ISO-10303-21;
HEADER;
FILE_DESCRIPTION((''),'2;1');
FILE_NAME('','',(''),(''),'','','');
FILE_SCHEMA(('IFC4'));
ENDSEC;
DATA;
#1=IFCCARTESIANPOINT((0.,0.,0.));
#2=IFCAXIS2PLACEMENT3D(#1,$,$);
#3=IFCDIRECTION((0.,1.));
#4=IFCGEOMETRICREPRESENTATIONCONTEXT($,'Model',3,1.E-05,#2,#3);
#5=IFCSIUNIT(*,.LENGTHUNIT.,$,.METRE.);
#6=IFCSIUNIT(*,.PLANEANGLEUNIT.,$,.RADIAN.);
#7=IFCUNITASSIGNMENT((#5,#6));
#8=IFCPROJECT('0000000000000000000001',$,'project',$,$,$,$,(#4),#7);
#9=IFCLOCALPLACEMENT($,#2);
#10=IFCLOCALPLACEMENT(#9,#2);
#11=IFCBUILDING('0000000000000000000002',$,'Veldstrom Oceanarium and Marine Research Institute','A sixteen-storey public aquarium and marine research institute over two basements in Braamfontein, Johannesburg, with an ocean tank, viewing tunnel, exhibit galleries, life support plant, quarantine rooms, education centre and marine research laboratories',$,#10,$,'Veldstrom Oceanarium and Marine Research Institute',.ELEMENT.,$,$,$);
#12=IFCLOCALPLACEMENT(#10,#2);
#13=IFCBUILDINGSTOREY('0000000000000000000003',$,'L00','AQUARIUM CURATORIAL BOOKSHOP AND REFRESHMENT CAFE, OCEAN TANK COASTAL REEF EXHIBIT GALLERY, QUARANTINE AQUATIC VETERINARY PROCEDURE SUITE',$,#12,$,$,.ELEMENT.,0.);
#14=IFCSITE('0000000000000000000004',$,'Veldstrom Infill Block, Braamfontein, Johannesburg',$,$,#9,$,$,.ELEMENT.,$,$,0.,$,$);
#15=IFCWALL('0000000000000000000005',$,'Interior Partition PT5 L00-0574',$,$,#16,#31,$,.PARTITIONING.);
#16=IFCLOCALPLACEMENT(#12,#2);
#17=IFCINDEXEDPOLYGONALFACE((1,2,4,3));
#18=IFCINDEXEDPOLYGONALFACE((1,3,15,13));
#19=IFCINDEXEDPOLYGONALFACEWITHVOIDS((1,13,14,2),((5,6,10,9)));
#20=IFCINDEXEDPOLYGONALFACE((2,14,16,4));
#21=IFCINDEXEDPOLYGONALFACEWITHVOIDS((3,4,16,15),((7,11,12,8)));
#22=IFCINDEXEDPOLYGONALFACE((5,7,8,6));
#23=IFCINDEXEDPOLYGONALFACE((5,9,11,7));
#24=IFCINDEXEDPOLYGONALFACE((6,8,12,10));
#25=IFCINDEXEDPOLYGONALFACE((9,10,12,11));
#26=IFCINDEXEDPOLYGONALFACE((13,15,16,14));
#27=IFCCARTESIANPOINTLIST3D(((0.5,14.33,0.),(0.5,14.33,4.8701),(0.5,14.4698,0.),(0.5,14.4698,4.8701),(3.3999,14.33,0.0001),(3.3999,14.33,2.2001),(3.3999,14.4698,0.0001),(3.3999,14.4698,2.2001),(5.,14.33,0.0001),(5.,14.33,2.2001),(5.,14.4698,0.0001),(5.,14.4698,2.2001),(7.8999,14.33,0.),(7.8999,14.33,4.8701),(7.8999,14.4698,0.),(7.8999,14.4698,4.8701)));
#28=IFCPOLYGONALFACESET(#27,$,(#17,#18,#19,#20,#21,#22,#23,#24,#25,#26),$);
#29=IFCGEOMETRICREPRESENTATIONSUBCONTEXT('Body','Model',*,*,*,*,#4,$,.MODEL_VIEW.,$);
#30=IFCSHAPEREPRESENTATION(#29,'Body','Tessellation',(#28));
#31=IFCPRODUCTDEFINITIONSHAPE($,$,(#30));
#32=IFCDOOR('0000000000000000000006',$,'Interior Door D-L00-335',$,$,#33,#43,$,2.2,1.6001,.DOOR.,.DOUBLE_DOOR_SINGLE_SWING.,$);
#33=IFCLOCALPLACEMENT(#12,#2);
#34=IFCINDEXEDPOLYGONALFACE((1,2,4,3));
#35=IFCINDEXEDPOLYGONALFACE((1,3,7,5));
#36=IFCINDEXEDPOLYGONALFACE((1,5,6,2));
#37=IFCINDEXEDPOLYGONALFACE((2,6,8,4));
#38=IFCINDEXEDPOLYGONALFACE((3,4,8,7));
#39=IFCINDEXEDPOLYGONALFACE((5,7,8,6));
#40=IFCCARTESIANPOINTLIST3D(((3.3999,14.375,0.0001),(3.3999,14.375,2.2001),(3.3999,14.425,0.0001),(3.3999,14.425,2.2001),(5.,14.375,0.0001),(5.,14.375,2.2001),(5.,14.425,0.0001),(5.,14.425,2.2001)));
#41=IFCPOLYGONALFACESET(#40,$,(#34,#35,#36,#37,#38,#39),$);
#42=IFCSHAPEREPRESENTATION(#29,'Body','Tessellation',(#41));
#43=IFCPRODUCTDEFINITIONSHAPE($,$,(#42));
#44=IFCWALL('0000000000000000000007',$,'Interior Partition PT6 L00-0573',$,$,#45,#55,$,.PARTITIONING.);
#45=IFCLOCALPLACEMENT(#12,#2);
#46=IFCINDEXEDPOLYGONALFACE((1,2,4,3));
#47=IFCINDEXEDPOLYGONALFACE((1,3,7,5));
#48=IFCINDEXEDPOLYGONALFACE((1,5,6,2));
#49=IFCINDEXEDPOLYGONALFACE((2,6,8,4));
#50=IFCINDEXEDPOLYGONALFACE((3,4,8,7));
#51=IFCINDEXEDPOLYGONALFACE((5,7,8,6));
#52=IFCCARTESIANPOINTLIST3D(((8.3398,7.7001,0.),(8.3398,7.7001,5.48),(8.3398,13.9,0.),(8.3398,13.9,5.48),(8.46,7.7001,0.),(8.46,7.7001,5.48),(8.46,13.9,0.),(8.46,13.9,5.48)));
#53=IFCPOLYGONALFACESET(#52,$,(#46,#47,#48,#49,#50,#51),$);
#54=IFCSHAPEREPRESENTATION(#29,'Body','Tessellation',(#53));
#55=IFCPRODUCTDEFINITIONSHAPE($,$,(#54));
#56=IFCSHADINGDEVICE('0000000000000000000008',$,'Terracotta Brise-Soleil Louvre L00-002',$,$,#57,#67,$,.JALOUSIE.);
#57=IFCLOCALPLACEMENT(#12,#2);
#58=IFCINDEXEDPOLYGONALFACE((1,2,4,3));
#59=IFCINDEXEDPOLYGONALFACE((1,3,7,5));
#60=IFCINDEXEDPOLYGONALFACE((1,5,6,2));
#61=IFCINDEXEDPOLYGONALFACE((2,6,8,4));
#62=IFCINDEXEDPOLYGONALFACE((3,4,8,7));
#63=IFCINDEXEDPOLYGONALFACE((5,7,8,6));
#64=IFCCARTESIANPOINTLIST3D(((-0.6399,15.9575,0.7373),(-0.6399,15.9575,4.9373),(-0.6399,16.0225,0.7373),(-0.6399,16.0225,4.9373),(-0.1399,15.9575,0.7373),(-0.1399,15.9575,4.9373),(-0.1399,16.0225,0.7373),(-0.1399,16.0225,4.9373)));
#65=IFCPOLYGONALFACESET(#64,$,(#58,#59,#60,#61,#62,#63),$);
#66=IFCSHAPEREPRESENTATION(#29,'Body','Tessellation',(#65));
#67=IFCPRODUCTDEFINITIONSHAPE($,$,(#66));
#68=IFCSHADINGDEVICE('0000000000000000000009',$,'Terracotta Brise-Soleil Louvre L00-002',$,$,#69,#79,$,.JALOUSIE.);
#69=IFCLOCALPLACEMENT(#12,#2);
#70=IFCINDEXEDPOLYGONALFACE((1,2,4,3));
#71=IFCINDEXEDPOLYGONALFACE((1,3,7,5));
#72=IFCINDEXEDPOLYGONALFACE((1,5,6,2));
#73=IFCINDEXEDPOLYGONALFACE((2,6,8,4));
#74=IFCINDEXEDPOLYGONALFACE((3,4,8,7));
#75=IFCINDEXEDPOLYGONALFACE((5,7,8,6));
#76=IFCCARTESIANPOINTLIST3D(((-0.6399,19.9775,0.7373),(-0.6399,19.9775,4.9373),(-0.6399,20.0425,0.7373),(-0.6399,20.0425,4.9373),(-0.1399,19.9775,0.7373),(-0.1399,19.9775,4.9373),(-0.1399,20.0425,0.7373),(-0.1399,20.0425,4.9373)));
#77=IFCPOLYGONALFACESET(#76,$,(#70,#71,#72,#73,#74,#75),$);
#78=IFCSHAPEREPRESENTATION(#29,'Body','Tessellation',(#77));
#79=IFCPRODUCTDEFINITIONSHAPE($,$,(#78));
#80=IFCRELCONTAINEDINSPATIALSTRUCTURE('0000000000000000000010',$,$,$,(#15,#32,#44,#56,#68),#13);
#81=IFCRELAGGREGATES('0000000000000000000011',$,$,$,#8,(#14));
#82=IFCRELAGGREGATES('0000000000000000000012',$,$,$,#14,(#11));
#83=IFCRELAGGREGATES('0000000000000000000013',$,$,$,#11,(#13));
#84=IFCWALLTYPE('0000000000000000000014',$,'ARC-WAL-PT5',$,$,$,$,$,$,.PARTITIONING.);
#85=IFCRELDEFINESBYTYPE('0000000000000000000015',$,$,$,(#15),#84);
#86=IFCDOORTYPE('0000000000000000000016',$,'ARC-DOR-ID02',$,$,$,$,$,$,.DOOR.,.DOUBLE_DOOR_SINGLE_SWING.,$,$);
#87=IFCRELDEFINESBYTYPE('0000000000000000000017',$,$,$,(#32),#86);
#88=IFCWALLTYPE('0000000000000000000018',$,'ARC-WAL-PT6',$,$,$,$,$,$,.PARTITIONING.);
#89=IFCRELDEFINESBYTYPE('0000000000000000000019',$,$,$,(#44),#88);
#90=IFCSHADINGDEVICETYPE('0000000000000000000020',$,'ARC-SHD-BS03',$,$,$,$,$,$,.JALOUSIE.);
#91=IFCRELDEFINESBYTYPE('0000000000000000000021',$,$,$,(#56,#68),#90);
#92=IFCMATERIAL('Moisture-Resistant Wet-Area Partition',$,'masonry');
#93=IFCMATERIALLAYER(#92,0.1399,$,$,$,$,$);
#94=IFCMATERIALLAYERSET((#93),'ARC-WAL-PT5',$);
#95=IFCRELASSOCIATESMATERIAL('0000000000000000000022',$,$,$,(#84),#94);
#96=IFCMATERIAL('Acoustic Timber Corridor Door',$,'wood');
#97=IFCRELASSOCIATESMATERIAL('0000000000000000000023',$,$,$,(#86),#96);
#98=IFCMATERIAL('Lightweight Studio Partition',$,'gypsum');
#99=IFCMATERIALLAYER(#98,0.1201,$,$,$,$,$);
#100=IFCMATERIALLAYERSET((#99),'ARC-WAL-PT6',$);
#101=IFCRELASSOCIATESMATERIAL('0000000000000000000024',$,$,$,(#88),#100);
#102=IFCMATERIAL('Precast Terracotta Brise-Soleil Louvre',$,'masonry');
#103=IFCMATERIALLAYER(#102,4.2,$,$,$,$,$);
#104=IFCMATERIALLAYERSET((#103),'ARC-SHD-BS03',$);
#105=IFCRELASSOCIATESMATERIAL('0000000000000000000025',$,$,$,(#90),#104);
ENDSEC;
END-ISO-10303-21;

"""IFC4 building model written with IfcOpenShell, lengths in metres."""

from ifc_helpers import new_model, si_unit, direction, frame, frame_2d, origin, origin_2d, place, context, subcontext, project, spatial, rectangle, extrude, material, layer, layer_set, type_object, element, fill, save


model = new_model("IFC4")

# Units and contexts
model_context = context("Model", 3, precision=1e-05, world=origin(), true_north=direction((0.0, 1.0)))
body_context = subcontext(model_context, "Body", "Model", "MODEL_VIEW")
ifc_project = project(units=[si_unit("LENGTHUNIT", "METRE"), si_unit("PLANEANGLEUNIT", "RADIAN")], contexts=[model_context])

# Site, building, storey
site_placement = place(None, origin())
site = spatial("IfcSite", under=ifc_project, at=site_placement, Name="Veldstrom Infill Block, Braamfontein, Johannesburg", CompositionType="ELEMENT", RefElevation=0.0)
building_placement = place(site_placement, origin())
building = spatial("IfcBuilding", under=site, at=building_placement, Name="Veldstrom Oceanarium and Marine Research Institute", Description="A sixteen-storey public aquarium and marine research institute over two basements in Braamfontein, Johannesburg, with an ocean tank, viewing tunnel, exhibit galleries, life support plant, quarantine rooms, education centre and marine research laboratories", LongName="Veldstrom Oceanarium and Marine Research Institute", CompositionType="ELEMENT")
storey_placement = place(building_placement, origin())
storey = spatial("IfcBuildingStorey", under=building, at=storey_placement, Name="L00", Description="AQUARIUM CURATORIAL BOOKSHOP AND REFRESHMENT CAFE, OCEAN TANK COASTAL REEF EXHIBIT GALLERY, QUARANTINE AQUATIC VETERINARY PROCEDURE SUITE", CompositionType="ELEMENT", Elevation=0.0)

# Wall, opening, door
ifc_material_1 = material(Name="Moisture-Resistant Wet-Area Partition", Category="masonry")
ifc_layer_1 = layer(ifc_material_1, 0.1399)
ifc_layer_set_1 = layer_set([ifc_layer_1], Name="ARC-WAL-PT5")
wall_type_1 = type_object("IfcWallType", Name="ARC-WAL-PT5", PredefinedType="PARTITIONING", material=ifc_layer_set_1)
wall_1_placement = place(storey_placement, frame((0.5, 14.3999, 0.0), z_axis=(0.0, 0.0, 1.0), x_axis=(1.0, 0.0, 0.0)))
wall_1 = element("IfcWall", 1, at=wall_1_placement, inside=storey, type_object=wall_type_1, Name="Interior Partition PT5 L00-0574", PredefinedType="PARTITIONING", context=body_context, shape_type="SweptSolid", body=[
    extrude(rectangle(XDim=7.3999, YDim=0.1399, at=frame_2d((3.7, 0.0))), origin(), (0.0, 0.0, 1.0), 4.8701),
])
opening_1_placement = place(wall_1_placement, frame((2.8999, 0.0, 0.0)))
opening_1 = element("IfcOpeningElement", 2, at=opening_1_placement, cuts=wall_1, PredefinedType="OPENING", context=body_context, shape_type="SweptSolid", body=[
    extrude(rectangle(XDim=1.6001, YDim=2.2, at=frame_2d((0.8, 1.1001))), frame((0.0, 0.0798, 0.0), z_axis=(0.0, -1.0, 0.0), x_axis=(1.0, 0.0, 0.0)), (0.0, 0.0, 1.0), 0.1599),
])
ifc_material_2 = material(Name="Acoustic Timber Corridor Door", Category="wood")
door_type_1 = type_object("IfcDoorType", Name="ARC-DOR-ID02", OperationType="DOUBLE_DOOR_SINGLE_SWING", PredefinedType="DOOR", material=ifc_material_2)
door_1_placement = place(opening_1_placement, frame((1.6001, 0.0, 0.0), z_axis=(0.0, 0.0, 1.0), x_axis=(-1.0, 0.0, 0.0)))
door_1 = element("IfcDoor", 3, at=door_1_placement, inside=storey, type_object=door_type_1, Name="Interior Door D-L00-335", OperationType="DOUBLE_DOOR_SINGLE_SWING", OverallHeight=2.2, OverallWidth=1.6001, PredefinedType="DOOR", context=body_context, shape_type="SweptSolid", body=[
    extrude(rectangle(XDim=1.6001, YDim=2.2, at=frame_2d((0.8, 1.1001))), frame((0.0, 0.0249, 0.0), z_axis=(0.0, -1.0, 0.0), x_axis=(1.0, 0.0, 0.0)), (0.0, 0.0, 1.0), 0.05),
])
fill(opening_1, door_1)

# Wall
ifc_material_3 = material(Name="Lightweight Studio Partition", Category="gypsum")
ifc_layer_2 = layer(ifc_material_3, 0.1201)
ifc_layer_set_2 = layer_set([ifc_layer_2], Name="ARC-WAL-PT6")
wall_type_2 = type_object("IfcWallType", Name="ARC-WAL-PT6", PredefinedType="PARTITIONING", material=ifc_layer_set_2)
wall_2_placement = place(storey_placement, frame((8.3999, 7.7, 0.0), z_axis=(0.0, 0.0, 1.0), x_axis=(0.0, 1.0, 0.0)))
element("IfcWall", 4, at=wall_2_placement, inside=storey, type_object=wall_type_2, Name="Interior Partition PT6 L00-0573", PredefinedType="PARTITIONING", context=body_context, shape_type="SweptSolid", body=[
    extrude(rectangle(XDim=6.2, YDim=0.1201, at=frame_2d((3.1001, 0.0))), origin(), (0.0, 0.0, 1.0), 5.48),
])

# Shading devices
ifc_material_4 = material(Name="Precast Terracotta Brise-Soleil Louvre", Category="masonry")
ifc_layer_3 = layer(ifc_material_4, 4.2)
ifc_layer_set_3 = layer_set([ifc_layer_3], Name="ARC-SHD-BS03")
shading_device_type = type_object("IfcShadingDeviceType", Name="ARC-SHD-BS03", PredefinedType="JALOUSIE", material=ifc_layer_set_3)
for number, where, z_axis, x_axis, name in (
    (5, (-0.3899, 15.99, 0.7373), (0.0, 0.0, 1.0), (1.0, 0.0, 0.0), "Terracotta Brise-Soleil Louvre L00-002"),
    (6, (-0.3899, 20.01, 0.7373), (0.0, 0.0, 1.0), (1.0, 0.0, 0.0), "Terracotta Brise-Soleil Louvre L00-002"),
):
    element("IfcShadingDevice", number, at=place(storey_placement, frame(where, z_axis=z_axis, x_axis=x_axis)), inside=storey, type_object=shading_device_type, Name=name, PredefinedType="JALOUSIE", context=body_context, shape_type="SweptSolid", body=[
        extrude(rectangle(XDim=0.5, YDim=0.0649, at=origin_2d()), origin(), (0.0, 0.0, 1.0), 4.2),
    ])

save(model, "model.ifc")
